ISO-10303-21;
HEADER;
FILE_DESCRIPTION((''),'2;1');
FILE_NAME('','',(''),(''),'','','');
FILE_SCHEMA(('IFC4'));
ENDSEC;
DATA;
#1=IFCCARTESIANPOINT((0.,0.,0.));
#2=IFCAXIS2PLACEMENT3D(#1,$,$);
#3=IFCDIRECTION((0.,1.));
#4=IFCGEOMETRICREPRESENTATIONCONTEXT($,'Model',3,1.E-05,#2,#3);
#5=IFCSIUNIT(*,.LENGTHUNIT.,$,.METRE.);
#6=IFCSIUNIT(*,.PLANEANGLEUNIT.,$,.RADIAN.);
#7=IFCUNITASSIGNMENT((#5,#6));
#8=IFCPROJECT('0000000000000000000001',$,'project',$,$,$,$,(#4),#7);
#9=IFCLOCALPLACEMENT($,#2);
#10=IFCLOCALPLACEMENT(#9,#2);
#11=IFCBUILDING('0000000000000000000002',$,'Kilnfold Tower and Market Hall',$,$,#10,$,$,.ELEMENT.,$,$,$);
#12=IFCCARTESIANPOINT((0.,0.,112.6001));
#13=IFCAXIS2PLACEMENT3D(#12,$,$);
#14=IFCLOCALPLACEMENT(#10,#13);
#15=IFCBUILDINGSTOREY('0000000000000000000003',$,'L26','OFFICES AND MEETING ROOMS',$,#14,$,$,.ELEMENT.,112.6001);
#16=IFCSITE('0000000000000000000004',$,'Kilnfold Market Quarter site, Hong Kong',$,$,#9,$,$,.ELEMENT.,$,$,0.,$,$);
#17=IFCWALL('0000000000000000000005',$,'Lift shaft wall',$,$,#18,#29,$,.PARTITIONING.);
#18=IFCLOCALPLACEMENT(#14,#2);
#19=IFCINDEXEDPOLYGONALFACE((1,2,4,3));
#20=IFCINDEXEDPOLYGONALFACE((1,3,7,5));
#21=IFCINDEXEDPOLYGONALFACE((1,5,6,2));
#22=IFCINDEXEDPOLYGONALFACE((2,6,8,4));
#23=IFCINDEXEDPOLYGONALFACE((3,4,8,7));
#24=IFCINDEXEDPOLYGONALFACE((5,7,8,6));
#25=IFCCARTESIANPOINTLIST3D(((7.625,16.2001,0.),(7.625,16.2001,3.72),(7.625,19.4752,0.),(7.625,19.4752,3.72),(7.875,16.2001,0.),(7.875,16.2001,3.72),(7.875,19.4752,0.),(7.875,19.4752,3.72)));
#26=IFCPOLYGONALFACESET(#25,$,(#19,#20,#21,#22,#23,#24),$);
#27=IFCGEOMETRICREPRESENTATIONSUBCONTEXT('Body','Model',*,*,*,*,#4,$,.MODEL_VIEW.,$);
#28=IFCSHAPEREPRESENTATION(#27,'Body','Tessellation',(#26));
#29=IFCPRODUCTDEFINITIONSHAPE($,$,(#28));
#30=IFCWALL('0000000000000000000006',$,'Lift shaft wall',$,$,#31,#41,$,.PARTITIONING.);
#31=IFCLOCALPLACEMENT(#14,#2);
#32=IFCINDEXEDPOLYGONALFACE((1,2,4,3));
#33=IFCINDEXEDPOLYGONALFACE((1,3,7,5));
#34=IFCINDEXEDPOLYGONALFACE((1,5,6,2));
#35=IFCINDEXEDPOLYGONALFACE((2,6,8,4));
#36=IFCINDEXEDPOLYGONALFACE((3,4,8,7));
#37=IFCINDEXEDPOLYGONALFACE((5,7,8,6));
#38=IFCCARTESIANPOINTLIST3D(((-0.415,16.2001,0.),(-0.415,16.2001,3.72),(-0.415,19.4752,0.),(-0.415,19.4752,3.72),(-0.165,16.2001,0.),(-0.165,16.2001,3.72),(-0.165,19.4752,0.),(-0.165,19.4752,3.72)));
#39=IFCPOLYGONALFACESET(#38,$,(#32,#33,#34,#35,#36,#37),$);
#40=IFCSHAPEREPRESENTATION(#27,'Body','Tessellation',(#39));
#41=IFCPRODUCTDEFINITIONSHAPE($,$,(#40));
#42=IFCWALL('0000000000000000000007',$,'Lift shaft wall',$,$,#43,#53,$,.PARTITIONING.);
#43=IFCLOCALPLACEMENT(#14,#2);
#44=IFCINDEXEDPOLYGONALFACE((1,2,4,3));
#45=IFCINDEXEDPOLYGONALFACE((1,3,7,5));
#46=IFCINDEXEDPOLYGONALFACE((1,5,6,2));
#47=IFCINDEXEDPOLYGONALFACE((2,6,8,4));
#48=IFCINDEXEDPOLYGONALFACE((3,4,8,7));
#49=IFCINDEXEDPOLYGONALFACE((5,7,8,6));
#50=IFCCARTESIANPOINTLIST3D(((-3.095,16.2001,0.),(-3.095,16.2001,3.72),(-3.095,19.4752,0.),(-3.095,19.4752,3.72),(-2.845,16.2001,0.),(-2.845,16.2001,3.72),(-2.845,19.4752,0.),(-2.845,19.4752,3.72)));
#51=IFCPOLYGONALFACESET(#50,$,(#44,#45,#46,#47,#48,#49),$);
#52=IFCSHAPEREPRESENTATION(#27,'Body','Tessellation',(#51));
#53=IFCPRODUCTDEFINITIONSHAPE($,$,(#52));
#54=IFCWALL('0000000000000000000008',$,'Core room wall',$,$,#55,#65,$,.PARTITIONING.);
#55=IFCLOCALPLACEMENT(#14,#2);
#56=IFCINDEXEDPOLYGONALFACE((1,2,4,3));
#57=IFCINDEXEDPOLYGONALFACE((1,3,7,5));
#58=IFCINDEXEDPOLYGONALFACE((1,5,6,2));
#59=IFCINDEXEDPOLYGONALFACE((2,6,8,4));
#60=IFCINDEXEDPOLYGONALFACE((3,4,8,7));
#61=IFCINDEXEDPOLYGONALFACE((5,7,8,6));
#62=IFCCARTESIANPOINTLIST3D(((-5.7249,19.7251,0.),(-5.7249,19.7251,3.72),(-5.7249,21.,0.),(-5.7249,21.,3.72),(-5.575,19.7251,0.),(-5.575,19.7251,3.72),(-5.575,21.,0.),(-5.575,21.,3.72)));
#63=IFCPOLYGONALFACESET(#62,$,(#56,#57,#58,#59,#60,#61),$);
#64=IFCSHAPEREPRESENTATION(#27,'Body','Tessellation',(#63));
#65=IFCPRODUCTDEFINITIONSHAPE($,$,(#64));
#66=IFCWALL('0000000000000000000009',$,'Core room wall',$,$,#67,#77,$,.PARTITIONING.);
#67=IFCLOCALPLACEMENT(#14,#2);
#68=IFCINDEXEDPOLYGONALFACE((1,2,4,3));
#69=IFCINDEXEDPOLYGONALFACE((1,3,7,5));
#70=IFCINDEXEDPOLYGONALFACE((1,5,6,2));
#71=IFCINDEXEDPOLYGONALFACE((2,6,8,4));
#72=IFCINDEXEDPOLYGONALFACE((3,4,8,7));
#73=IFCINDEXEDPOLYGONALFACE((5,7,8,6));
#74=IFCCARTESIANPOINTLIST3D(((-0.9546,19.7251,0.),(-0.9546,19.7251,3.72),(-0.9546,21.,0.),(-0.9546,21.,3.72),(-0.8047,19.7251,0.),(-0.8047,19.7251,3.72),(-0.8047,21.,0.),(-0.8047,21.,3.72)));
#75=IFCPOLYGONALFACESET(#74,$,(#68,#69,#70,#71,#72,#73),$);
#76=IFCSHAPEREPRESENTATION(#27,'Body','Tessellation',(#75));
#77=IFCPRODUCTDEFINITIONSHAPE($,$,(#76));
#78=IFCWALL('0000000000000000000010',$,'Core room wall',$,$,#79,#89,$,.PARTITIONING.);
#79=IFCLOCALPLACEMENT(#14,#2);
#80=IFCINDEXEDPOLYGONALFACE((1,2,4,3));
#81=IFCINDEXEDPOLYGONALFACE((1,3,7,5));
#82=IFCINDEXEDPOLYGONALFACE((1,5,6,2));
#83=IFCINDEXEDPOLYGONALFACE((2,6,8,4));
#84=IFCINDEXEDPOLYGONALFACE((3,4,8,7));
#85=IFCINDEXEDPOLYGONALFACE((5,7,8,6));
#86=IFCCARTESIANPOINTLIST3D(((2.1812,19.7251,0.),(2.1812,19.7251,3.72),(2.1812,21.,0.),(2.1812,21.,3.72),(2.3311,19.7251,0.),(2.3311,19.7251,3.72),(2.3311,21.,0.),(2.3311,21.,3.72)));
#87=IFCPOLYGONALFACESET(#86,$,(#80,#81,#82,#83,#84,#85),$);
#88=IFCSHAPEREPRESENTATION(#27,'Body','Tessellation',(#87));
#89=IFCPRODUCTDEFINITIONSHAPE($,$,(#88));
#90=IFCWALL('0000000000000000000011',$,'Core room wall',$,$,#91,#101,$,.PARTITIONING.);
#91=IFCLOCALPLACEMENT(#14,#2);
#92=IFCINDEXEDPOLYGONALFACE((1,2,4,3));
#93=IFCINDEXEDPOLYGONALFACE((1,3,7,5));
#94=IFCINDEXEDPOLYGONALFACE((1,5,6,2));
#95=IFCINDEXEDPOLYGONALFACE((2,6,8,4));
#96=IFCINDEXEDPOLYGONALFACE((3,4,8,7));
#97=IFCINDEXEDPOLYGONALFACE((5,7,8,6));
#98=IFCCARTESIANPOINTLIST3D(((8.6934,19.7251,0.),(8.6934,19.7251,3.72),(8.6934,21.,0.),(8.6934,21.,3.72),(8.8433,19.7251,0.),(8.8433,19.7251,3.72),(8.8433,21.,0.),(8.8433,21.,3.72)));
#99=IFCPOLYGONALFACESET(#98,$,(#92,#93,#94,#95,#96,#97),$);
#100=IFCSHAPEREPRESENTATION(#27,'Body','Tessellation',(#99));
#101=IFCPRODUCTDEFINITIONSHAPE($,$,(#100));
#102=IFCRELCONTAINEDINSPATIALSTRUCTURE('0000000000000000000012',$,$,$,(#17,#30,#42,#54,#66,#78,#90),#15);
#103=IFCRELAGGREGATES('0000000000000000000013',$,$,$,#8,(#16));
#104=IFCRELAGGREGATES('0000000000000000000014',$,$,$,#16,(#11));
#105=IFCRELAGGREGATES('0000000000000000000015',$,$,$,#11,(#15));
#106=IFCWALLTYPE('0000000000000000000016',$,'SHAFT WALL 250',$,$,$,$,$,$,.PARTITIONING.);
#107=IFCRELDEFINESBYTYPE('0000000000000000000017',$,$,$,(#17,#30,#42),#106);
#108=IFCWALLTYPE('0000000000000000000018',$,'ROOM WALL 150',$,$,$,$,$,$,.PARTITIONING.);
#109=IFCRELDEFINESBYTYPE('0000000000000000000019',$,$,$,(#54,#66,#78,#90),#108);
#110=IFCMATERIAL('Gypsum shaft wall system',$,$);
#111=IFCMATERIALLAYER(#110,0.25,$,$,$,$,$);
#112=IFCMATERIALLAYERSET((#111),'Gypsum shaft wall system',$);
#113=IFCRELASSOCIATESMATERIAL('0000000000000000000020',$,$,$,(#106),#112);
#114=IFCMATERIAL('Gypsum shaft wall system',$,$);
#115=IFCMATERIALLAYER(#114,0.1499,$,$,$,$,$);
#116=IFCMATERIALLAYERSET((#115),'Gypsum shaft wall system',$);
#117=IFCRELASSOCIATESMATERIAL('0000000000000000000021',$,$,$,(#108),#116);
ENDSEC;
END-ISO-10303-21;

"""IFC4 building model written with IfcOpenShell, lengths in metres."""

from ifc_helpers import new_model, si_unit, direction, frame, frame_2d, origin, place, context, subcontext, project, spatial, rectangle, extrude, source, transform, mapped, material, layer, layer_set, type_object, element, save


model = new_model("IFC4")

# Units and contexts
model_context = context("Model", 3, precision=1e-05, world=origin(), true_north=direction((0.0, 1.0)))
body_context = subcontext(model_context, "Body", "Model", "MODEL_VIEW")
ifc_project = project(units=[si_unit("LENGTHUNIT", "METRE"), si_unit("PLANEANGLEUNIT", "RADIAN")], contexts=[model_context])

# Site, building, storey
site_placement = place(None, origin())
site = spatial("IfcSite", under=ifc_project, at=site_placement, Name="Kilnfold Market Quarter site, Hong Kong", CompositionType="ELEMENT", RefElevation=0.0)
building_placement = place(site_placement, origin())
building = spatial("IfcBuilding", under=site, at=building_placement, Name="Kilnfold Tower and Market Hall", CompositionType="ELEMENT")
storey_placement = place(building_placement, frame((0.0, 0.0, 112.6001)))
storey = spatial("IfcBuildingStorey", under=building, at=storey_placement, Name="L26", Description="OFFICES AND MEETING ROOMS", CompositionType="ELEMENT", Elevation=112.6001)

# Walls
ifc_material_1 = material(Name="Gypsum shaft wall system")
ifc_layer_1 = layer(ifc_material_1, 0.25)
ifc_layer_set_1 = layer_set([ifc_layer_1], Name="Gypsum shaft wall system")
wall_type_1 = type_object("IfcWallType", Name="SHAFT WALL 250", PredefinedType="PARTITIONING", material=ifc_layer_set_1)
shared_shape_1 = source(origin(), body_context, "Body", "SweptSolid", [
    extrude(rectangle(XDim=3.2751, YDim=0.25, at=frame_2d((1.6377, 0.0))), origin(), (0.0, 0.0, 1.0), 3.72),
])
for number, where, z_axis, x_axis, name in (
    (1, (7.75, 16.2, 0.0), (0.0, 0.0, 1.0), (0.0, 1.0, 0.0), "Lift shaft wall"),
    (2, (-0.29, 16.2, 0.0), (0.0, 0.0, 1.0), (0.0, 1.0, 0.0), "Lift shaft wall"),
    (3, (-2.97, 16.2, 0.0), (0.0, 0.0, 1.0), (0.0, 1.0, 0.0), "Lift shaft wall"),
):
    element("IfcWall", number, at=place(storey_placement, frame(where, z_axis=z_axis, x_axis=x_axis)), inside=storey, type_object=wall_type_1, Name=name, PredefinedType="PARTITIONING", context=body_context, shape_type="MappedRepresentation", body=[
        mapped(shared_shape_1, transform((0.0, 0.0, 0.0))),
    ])
ifc_material_2 = material(Name="Gypsum shaft wall system")
ifc_layer_2 = layer(ifc_material_2, 0.1499)
ifc_layer_set_2 = layer_set([ifc_layer_2], Name="Gypsum shaft wall system")
wall_type_2 = type_object("IfcWallType", Name="ROOM WALL 150", PredefinedType="PARTITIONING", material=ifc_layer_set_2)
shared_shape_2 = source(origin(), body_context, "Body", "SweptSolid", [
    extrude(rectangle(XDim=1.2749, YDim=0.1499, at=frame_2d((0.6375, 0.0))), origin(), (0.0, 0.0, 1.0), 3.72),
])
for number, where, z_axis, x_axis, name in (
    (4, (-5.6499, 19.7251, 0.0), (0.0, 0.0, 1.0), (0.0, 1.0, 0.0), "Core room wall"),
    (5, (-0.8796, 19.7251, 0.0), (0.0, 0.0, 1.0), (0.0, 1.0, 0.0), "Core room wall"),
    (6, (2.2561, 19.7251, 0.0), (0.0, 0.0, 1.0), (0.0, 1.0, 0.0), "Core room wall"),
    (7, (8.7683, 19.7251, 0.0), (0.0, 0.0, 1.0), (0.0, 1.0, 0.0), "Core room wall"),
):
    element("IfcWall", number, at=place(storey_placement, frame(where, z_axis=z_axis, x_axis=x_axis)), inside=storey, type_object=wall_type_2, Name=name, PredefinedType="PARTITIONING", context=body_context, shape_type="MappedRepresentation", body=[
        mapped(shared_shape_2, transform((0.0, 0.0, 0.0))),
    ])

save(model, "model.ifc")
